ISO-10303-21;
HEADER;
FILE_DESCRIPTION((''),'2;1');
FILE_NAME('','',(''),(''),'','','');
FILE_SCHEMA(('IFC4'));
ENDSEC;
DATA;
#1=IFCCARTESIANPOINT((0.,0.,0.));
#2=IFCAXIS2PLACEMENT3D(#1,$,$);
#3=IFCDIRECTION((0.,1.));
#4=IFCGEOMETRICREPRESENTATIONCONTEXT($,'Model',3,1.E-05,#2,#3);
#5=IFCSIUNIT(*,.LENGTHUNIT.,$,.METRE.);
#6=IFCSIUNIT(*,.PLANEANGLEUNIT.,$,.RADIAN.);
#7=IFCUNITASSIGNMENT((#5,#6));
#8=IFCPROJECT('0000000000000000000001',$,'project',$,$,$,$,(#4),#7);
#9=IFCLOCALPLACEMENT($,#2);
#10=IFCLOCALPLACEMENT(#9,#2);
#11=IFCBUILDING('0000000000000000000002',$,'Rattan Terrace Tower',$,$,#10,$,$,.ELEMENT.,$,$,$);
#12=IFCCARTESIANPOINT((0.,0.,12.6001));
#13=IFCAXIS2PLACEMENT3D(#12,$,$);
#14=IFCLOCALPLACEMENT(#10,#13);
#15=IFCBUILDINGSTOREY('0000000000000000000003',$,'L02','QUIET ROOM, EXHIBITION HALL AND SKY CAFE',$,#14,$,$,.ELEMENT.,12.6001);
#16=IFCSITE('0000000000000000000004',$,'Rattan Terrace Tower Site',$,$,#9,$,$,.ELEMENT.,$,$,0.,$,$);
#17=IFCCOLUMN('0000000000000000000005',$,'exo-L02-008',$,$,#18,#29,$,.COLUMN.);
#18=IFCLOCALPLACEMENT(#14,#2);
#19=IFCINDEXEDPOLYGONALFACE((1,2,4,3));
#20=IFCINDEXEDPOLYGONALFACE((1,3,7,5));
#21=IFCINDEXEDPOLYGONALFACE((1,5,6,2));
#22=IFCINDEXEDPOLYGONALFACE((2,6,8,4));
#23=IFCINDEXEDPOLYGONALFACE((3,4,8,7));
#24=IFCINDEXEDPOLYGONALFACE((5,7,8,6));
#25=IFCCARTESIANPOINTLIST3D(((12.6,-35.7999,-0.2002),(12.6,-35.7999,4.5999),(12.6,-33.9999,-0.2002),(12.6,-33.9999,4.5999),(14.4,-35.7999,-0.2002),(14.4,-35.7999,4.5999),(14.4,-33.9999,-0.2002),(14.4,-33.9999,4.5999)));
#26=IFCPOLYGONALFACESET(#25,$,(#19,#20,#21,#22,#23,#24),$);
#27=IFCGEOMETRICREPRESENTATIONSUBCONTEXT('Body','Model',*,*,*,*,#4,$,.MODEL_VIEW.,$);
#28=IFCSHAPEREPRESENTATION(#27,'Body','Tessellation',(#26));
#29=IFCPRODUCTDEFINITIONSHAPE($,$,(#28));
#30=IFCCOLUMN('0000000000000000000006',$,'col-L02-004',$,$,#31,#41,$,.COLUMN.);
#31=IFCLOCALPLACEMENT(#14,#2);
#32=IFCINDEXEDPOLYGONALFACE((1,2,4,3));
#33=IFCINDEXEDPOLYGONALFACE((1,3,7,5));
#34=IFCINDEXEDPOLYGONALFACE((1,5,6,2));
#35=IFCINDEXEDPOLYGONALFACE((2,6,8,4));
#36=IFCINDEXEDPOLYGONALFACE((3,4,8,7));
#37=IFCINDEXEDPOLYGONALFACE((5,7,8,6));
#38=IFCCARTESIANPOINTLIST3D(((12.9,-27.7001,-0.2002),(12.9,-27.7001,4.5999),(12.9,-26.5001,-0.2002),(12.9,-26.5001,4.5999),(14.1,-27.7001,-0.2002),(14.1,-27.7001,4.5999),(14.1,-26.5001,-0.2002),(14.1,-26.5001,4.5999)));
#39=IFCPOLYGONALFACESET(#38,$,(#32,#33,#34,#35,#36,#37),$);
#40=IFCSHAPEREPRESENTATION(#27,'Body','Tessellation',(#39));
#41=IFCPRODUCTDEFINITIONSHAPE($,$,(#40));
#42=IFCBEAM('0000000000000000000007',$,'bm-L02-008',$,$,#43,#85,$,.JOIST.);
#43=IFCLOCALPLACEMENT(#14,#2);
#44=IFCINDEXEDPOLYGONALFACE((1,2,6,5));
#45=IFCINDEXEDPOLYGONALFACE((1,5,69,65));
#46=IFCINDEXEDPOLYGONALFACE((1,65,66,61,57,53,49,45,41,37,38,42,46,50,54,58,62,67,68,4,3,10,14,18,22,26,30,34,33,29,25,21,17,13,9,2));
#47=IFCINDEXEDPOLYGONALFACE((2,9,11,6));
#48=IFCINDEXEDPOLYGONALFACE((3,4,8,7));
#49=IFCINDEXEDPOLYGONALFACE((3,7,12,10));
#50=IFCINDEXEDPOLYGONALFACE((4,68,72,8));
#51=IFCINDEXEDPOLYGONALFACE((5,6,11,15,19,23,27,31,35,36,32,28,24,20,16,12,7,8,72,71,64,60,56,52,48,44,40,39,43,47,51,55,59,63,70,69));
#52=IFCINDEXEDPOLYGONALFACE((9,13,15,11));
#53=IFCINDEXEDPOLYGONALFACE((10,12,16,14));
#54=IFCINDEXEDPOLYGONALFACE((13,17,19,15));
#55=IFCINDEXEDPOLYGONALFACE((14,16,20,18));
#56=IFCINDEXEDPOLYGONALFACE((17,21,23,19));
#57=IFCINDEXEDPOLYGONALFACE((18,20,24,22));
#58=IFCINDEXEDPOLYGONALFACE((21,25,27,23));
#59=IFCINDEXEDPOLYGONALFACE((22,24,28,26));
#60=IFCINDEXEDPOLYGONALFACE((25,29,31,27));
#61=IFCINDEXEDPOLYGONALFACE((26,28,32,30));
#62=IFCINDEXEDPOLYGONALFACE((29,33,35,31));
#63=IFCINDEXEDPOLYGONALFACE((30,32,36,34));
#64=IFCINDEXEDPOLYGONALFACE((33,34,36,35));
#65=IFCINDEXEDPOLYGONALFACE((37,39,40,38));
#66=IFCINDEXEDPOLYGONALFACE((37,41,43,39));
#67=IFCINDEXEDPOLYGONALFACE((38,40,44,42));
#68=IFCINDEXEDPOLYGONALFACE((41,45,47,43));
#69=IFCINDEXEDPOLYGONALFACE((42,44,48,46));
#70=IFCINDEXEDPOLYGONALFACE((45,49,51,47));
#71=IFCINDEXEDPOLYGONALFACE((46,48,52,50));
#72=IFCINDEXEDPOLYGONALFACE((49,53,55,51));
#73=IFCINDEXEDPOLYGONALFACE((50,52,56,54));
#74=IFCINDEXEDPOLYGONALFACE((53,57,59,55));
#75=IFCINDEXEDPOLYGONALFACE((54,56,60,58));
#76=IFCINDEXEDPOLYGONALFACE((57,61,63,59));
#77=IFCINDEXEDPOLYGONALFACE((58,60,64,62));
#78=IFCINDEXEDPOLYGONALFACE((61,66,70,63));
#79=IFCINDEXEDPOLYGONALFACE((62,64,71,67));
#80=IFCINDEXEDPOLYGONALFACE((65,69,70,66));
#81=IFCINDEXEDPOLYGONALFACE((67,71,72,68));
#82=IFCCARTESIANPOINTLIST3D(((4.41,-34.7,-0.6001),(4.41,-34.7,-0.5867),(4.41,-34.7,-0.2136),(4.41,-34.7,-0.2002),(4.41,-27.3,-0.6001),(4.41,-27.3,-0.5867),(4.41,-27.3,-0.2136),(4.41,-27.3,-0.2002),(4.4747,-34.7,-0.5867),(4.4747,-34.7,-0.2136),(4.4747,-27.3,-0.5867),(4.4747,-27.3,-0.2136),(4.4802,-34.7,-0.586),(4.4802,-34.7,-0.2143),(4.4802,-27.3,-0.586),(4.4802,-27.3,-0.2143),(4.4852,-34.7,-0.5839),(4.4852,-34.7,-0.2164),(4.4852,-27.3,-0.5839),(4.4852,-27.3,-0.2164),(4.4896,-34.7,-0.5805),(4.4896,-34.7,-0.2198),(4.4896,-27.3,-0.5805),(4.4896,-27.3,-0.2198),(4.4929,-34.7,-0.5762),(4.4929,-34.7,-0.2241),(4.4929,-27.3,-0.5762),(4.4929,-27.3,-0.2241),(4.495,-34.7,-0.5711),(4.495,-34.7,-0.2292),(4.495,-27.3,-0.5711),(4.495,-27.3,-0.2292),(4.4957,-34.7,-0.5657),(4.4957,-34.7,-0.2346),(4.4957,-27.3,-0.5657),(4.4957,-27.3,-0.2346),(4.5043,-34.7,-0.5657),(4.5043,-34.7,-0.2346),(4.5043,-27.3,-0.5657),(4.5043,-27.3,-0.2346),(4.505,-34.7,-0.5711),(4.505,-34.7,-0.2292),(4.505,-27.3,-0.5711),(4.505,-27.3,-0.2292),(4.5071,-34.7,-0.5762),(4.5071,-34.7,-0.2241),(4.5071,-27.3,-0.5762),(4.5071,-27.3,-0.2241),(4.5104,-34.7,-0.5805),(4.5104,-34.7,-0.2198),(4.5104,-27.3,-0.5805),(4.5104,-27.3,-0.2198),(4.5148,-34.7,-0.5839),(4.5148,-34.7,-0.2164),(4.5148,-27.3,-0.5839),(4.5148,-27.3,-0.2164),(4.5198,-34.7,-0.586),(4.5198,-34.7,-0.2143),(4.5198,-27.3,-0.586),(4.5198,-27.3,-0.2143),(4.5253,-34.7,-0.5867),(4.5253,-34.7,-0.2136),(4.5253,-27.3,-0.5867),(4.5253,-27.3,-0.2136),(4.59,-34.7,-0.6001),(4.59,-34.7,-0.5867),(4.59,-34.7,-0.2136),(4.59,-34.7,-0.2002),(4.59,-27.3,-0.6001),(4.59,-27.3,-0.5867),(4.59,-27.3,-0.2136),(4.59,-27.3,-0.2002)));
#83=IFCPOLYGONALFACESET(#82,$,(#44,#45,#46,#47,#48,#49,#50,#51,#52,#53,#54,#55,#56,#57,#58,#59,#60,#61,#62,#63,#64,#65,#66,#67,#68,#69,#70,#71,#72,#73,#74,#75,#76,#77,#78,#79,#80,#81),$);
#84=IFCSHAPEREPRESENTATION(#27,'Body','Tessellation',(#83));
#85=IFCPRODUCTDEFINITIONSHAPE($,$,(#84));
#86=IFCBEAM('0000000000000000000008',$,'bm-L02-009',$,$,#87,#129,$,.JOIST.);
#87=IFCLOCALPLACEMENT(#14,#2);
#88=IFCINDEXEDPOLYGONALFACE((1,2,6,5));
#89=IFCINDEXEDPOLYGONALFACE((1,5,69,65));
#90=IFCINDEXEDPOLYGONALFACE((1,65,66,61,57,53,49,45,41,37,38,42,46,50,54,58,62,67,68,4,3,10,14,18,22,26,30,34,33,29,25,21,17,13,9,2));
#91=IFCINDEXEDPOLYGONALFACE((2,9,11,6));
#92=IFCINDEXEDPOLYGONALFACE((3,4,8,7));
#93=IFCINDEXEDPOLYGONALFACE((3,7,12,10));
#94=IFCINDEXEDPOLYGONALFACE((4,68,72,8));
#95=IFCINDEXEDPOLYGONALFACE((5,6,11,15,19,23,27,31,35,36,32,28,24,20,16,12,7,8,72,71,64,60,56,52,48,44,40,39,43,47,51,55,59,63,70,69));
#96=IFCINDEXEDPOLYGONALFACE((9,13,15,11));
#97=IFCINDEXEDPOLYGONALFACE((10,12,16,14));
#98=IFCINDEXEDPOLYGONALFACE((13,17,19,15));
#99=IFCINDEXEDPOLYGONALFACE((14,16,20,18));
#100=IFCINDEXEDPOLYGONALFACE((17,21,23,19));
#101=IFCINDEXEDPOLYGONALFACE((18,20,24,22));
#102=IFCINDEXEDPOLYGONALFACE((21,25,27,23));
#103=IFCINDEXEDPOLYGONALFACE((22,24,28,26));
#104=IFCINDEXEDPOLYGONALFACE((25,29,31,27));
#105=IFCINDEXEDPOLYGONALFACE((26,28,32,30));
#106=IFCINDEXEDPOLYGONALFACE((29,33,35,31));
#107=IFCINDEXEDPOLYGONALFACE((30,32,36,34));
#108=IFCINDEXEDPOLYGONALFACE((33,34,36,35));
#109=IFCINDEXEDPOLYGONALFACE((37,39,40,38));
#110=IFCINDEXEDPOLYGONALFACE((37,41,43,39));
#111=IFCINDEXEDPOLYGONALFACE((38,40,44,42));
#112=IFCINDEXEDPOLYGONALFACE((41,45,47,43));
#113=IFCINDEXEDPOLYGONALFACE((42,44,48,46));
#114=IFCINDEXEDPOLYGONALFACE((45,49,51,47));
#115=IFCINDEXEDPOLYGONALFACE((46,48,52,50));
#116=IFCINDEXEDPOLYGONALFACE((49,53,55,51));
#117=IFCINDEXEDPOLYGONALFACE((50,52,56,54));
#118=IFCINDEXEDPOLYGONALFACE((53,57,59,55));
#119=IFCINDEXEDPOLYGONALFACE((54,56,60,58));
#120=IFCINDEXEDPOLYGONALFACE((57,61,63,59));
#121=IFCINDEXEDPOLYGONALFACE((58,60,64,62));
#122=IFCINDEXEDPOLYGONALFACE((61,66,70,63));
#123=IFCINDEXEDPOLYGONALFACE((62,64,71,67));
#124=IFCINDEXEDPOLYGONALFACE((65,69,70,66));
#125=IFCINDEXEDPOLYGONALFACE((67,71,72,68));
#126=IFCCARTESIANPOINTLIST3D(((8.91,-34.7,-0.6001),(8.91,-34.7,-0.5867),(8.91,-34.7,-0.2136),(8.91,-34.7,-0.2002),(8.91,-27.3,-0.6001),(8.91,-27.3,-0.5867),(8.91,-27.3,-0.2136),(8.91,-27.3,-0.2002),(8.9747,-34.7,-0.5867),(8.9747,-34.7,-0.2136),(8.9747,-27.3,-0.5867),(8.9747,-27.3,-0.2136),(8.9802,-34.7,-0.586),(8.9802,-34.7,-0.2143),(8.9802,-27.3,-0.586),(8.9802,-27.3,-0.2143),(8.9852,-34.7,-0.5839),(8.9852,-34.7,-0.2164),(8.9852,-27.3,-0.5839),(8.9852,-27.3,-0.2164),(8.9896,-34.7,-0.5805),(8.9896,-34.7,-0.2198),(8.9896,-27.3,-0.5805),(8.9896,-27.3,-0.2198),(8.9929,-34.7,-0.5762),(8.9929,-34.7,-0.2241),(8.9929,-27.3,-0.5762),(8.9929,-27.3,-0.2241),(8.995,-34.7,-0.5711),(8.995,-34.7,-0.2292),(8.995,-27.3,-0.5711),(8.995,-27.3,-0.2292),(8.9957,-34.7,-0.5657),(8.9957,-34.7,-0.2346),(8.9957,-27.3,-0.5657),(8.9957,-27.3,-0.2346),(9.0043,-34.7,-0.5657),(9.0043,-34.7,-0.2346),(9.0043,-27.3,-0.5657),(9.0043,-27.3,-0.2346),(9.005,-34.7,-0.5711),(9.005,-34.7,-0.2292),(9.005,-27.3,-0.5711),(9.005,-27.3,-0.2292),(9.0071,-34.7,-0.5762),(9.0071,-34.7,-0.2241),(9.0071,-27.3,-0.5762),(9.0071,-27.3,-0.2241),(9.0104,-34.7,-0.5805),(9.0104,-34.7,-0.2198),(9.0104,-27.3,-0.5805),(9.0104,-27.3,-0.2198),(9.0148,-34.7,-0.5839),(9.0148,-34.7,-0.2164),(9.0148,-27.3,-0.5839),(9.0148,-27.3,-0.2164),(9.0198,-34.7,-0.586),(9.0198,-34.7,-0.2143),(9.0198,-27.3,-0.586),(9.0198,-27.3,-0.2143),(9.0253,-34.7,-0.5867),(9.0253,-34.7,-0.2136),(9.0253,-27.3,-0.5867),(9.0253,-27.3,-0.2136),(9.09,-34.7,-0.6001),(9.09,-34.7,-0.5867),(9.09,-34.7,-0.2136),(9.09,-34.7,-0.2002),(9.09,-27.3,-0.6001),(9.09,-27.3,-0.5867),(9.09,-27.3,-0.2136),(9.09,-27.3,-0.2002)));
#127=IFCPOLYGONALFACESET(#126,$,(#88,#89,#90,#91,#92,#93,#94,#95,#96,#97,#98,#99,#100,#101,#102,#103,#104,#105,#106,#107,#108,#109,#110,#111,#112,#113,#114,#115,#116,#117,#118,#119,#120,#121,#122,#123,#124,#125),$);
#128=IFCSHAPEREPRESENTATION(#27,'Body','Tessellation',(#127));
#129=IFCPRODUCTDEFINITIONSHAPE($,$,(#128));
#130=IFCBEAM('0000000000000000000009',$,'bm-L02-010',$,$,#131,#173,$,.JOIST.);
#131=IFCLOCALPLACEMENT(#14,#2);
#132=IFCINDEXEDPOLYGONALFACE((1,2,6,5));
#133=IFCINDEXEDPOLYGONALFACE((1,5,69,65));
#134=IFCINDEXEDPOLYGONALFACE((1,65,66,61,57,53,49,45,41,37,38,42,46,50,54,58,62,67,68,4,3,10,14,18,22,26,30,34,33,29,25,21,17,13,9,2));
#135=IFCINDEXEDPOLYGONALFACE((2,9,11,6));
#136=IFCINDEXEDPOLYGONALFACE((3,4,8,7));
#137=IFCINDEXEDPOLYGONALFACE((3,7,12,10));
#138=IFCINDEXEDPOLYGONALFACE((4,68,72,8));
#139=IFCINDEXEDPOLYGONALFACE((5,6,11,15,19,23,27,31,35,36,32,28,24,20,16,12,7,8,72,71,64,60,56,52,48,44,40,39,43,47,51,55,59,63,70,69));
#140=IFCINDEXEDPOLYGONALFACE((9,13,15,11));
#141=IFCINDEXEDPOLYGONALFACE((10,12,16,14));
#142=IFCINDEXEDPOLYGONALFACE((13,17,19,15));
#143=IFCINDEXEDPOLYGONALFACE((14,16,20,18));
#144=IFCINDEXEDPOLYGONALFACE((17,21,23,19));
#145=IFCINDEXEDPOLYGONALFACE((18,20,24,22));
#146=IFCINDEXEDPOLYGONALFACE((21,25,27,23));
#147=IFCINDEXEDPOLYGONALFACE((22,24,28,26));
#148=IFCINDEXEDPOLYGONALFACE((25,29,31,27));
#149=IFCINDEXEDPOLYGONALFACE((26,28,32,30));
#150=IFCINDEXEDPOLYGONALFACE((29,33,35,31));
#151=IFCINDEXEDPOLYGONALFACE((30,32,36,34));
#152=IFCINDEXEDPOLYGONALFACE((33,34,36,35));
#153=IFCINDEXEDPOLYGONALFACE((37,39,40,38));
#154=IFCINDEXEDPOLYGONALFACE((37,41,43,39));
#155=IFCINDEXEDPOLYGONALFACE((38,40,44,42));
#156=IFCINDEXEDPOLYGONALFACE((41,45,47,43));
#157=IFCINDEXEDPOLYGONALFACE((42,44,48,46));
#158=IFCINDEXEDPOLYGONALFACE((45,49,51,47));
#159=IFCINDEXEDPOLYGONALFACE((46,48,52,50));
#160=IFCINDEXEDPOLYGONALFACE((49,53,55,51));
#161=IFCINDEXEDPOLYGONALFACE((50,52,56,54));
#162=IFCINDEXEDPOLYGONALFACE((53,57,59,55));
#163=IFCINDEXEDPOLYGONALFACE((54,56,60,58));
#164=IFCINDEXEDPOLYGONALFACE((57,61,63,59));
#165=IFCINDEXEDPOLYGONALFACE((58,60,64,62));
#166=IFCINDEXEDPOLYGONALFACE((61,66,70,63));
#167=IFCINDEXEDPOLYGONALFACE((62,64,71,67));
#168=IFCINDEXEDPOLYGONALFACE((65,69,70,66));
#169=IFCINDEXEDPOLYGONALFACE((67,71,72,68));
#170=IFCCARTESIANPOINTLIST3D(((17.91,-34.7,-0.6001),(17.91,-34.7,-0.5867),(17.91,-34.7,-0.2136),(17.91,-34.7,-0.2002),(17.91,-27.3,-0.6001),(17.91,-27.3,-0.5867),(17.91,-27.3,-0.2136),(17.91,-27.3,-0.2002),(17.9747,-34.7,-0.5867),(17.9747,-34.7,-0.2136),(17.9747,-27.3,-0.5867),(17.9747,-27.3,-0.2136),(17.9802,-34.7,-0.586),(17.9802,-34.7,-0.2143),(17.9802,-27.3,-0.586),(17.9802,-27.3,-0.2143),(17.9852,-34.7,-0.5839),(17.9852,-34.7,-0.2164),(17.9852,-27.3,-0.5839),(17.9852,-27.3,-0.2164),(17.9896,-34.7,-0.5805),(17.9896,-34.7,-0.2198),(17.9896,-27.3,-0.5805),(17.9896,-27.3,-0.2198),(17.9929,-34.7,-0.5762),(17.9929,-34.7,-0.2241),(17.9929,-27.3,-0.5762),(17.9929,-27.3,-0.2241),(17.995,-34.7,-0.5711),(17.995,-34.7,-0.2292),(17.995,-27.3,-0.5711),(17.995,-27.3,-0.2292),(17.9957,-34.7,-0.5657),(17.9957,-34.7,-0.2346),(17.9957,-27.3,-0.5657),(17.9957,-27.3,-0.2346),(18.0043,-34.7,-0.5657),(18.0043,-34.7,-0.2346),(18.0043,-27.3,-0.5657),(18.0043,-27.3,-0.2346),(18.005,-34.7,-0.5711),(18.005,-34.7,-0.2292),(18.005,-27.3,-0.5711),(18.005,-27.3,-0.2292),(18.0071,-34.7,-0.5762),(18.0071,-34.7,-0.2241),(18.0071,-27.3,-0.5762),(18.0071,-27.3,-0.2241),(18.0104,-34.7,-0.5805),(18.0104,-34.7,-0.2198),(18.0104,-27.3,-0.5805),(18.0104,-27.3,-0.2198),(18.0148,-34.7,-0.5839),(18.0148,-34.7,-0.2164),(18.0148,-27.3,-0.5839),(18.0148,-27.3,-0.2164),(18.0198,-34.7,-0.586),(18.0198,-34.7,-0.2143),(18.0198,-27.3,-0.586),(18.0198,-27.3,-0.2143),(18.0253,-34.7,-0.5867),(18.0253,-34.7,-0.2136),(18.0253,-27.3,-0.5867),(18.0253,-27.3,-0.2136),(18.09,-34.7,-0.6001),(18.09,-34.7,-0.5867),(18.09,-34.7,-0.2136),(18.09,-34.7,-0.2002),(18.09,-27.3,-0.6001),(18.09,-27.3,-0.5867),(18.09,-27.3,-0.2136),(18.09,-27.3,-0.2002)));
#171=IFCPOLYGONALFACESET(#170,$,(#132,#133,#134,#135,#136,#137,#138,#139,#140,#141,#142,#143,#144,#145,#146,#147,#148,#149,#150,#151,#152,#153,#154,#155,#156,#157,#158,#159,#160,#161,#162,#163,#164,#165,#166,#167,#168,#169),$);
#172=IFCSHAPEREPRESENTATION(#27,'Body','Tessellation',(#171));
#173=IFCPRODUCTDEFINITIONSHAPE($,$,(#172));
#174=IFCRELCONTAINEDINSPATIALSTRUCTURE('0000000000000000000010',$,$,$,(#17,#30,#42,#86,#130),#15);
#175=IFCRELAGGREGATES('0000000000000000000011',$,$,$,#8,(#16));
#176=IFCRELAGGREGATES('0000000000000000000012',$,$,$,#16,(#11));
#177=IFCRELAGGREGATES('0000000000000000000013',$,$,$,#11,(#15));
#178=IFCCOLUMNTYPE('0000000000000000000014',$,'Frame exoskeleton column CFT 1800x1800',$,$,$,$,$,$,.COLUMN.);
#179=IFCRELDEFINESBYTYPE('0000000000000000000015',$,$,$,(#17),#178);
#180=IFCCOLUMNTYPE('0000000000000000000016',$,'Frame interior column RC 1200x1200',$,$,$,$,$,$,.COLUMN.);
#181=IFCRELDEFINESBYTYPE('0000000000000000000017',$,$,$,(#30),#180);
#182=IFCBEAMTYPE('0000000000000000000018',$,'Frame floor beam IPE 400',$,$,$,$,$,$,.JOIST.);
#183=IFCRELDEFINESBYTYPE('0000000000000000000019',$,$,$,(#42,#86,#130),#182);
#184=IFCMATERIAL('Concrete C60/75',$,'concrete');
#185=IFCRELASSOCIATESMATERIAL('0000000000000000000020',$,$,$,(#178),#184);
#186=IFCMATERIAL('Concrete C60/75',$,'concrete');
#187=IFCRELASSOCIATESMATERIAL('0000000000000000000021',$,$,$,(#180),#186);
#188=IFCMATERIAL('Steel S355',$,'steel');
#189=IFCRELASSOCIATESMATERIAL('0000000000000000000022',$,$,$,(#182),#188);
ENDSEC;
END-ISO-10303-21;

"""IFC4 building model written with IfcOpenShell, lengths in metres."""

from ifc_helpers import new_model, si_unit, direction, frame, origin, origin_2d, place, context, subcontext, project, spatial, rectangle, i_section, extrude, material, material_profile, profile_set, type_object, element, save


model = new_model("IFC4")

# Units and contexts
model_context = context("Model", 3, precision=1e-05, world=origin(), true_north=direction((0.0, 1.0)))
body_context = subcontext(model_context, "Body", "Model", "MODEL_VIEW")
ifc_project = project(units=[si_unit("LENGTHUNIT", "METRE"), si_unit("PLANEANGLEUNIT", "RADIAN")], contexts=[model_context])

# Site, building, storey
site_placement = place(None, origin())
site = spatial("IfcSite", under=ifc_project, at=site_placement, Name="Rattan Terrace Tower Site", CompositionType="ELEMENT", RefElevation=0.0)
building_placement = place(site_placement, origin())
building = spatial("IfcBuilding", under=site, at=building_placement, Name="Rattan Terrace Tower", CompositionType="ELEMENT")
storey_placement = place(building_placement, frame((0.0, 0.0, 12.6001)))
storey = spatial("IfcBuildingStorey", under=building, at=storey_placement, Name="L02", Description="QUIET ROOM, EXHIBITION HALL AND SKY CAFE", CompositionType="ELEMENT", Elevation=12.6001)

# Columns
ifc_material_1 = material(Name="Concrete C60/75", Category="concrete")
ifc_material_profile_1 = material_profile(ifc_material_1, rectangle(XDim=1.8, YDim=1.8, at=origin_2d()), Name="CFT 1800x1800")
ifc_profile_set_1 = profile_set([ifc_material_profile_1], Name="Concrete C60/75")
column_type_1 = type_object("IfcColumnType", Name="Frame exoskeleton column CFT 1800x1800", PredefinedType="COLUMN", material=ifc_profile_set_1)
column_1_placement = place(storey_placement, frame((13.5, -34.8999, -0.2002), z_axis=(0.0, 0.0, 1.0), x_axis=(1.0, 0.0, 0.0)))
element("IfcColumn", 1, at=column_1_placement, inside=storey, type_object=column_type_1, Name="exo-L02-008", PredefinedType="COLUMN", context=body_context, shape_type="SweptSolid", body=[
    extrude(rectangle(XDim=1.8, YDim=1.8, at=origin_2d()), origin(), (0.0, 0.0, 1.0), 4.8),
])
ifc_material_2 = material(Name="Concrete C60/75", Category="concrete")
ifc_material_profile_2 = material_profile(ifc_material_2, rectangle(XDim=1.2, YDim=1.2, at=origin_2d()), Name="RC 1200x1200")
ifc_profile_set_2 = profile_set([ifc_material_profile_2], Name="Concrete C60/75")
column_type_2 = type_object("IfcColumnType", Name="Frame interior column RC 1200x1200", PredefinedType="COLUMN", material=ifc_profile_set_2)
column_2_placement = place(storey_placement, frame((13.5, -27.1001, -0.2002), z_axis=(0.0, 0.0, 1.0), x_axis=(1.0, 0.0, 0.0)))
element("IfcColumn", 2, at=column_2_placement, inside=storey, type_object=column_type_2, Name="col-L02-004", PredefinedType="COLUMN", context=body_context, shape_type="SweptSolid", body=[
    extrude(rectangle(XDim=1.2, YDim=1.2, at=origin_2d()), origin(), (0.0, 0.0, 1.0), 4.8),
])

# Beams
ifc_material_3 = material(Name="Steel S355", Category="steel")
ifc_material_profile_3 = material_profile(ifc_material_3, i_section(OverallWidth=0.1799, OverallDepth=0.3999, WebThickness=0.0085, FlangeThickness=0.0134, FilletRadius=0.021, at=origin_2d()), Name="IPE 400")
ifc_profile_set_3 = profile_set([ifc_material_profile_3], Name="Steel S355")
beam_type_1 = type_object("IfcBeamType", Name="Frame floor beam IPE 400", PredefinedType="JOIST", material=ifc_profile_set_3)
for number, where, z_axis, x_axis, name in (
    (3, (4.5, -34.7, -0.4001), (0.0, 1.0, 0.0), (-1.0, 0.0, 0.0), "bm-L02-008"),
    (4, (9.0, -34.7, -0.4001), (0.0, 1.0, 0.0), (-1.0, 0.0, 0.0), "bm-L02-009"),
    (5, (18.0, -34.7, -0.4001), (0.0, 1.0, 0.0), (-1.0, 0.0, 0.0), "bm-L02-010"),
):
    element("IfcBeam", number, at=place(storey_placement, frame(where, z_axis=z_axis, x_axis=x_axis)), inside=storey, type_object=beam_type_1, Name=name, PredefinedType="JOIST", context=body_context, shape_type="SweptSolid", body=[
        extrude(i_section(OverallWidth=0.1799, OverallDepth=0.3999, WebThickness=0.0085, FlangeThickness=0.0134, FilletRadius=0.021, at=origin_2d()), origin(), (0.0, 0.0, 1.0), 7.3999),
    ])

save(model, "model.ifc")
